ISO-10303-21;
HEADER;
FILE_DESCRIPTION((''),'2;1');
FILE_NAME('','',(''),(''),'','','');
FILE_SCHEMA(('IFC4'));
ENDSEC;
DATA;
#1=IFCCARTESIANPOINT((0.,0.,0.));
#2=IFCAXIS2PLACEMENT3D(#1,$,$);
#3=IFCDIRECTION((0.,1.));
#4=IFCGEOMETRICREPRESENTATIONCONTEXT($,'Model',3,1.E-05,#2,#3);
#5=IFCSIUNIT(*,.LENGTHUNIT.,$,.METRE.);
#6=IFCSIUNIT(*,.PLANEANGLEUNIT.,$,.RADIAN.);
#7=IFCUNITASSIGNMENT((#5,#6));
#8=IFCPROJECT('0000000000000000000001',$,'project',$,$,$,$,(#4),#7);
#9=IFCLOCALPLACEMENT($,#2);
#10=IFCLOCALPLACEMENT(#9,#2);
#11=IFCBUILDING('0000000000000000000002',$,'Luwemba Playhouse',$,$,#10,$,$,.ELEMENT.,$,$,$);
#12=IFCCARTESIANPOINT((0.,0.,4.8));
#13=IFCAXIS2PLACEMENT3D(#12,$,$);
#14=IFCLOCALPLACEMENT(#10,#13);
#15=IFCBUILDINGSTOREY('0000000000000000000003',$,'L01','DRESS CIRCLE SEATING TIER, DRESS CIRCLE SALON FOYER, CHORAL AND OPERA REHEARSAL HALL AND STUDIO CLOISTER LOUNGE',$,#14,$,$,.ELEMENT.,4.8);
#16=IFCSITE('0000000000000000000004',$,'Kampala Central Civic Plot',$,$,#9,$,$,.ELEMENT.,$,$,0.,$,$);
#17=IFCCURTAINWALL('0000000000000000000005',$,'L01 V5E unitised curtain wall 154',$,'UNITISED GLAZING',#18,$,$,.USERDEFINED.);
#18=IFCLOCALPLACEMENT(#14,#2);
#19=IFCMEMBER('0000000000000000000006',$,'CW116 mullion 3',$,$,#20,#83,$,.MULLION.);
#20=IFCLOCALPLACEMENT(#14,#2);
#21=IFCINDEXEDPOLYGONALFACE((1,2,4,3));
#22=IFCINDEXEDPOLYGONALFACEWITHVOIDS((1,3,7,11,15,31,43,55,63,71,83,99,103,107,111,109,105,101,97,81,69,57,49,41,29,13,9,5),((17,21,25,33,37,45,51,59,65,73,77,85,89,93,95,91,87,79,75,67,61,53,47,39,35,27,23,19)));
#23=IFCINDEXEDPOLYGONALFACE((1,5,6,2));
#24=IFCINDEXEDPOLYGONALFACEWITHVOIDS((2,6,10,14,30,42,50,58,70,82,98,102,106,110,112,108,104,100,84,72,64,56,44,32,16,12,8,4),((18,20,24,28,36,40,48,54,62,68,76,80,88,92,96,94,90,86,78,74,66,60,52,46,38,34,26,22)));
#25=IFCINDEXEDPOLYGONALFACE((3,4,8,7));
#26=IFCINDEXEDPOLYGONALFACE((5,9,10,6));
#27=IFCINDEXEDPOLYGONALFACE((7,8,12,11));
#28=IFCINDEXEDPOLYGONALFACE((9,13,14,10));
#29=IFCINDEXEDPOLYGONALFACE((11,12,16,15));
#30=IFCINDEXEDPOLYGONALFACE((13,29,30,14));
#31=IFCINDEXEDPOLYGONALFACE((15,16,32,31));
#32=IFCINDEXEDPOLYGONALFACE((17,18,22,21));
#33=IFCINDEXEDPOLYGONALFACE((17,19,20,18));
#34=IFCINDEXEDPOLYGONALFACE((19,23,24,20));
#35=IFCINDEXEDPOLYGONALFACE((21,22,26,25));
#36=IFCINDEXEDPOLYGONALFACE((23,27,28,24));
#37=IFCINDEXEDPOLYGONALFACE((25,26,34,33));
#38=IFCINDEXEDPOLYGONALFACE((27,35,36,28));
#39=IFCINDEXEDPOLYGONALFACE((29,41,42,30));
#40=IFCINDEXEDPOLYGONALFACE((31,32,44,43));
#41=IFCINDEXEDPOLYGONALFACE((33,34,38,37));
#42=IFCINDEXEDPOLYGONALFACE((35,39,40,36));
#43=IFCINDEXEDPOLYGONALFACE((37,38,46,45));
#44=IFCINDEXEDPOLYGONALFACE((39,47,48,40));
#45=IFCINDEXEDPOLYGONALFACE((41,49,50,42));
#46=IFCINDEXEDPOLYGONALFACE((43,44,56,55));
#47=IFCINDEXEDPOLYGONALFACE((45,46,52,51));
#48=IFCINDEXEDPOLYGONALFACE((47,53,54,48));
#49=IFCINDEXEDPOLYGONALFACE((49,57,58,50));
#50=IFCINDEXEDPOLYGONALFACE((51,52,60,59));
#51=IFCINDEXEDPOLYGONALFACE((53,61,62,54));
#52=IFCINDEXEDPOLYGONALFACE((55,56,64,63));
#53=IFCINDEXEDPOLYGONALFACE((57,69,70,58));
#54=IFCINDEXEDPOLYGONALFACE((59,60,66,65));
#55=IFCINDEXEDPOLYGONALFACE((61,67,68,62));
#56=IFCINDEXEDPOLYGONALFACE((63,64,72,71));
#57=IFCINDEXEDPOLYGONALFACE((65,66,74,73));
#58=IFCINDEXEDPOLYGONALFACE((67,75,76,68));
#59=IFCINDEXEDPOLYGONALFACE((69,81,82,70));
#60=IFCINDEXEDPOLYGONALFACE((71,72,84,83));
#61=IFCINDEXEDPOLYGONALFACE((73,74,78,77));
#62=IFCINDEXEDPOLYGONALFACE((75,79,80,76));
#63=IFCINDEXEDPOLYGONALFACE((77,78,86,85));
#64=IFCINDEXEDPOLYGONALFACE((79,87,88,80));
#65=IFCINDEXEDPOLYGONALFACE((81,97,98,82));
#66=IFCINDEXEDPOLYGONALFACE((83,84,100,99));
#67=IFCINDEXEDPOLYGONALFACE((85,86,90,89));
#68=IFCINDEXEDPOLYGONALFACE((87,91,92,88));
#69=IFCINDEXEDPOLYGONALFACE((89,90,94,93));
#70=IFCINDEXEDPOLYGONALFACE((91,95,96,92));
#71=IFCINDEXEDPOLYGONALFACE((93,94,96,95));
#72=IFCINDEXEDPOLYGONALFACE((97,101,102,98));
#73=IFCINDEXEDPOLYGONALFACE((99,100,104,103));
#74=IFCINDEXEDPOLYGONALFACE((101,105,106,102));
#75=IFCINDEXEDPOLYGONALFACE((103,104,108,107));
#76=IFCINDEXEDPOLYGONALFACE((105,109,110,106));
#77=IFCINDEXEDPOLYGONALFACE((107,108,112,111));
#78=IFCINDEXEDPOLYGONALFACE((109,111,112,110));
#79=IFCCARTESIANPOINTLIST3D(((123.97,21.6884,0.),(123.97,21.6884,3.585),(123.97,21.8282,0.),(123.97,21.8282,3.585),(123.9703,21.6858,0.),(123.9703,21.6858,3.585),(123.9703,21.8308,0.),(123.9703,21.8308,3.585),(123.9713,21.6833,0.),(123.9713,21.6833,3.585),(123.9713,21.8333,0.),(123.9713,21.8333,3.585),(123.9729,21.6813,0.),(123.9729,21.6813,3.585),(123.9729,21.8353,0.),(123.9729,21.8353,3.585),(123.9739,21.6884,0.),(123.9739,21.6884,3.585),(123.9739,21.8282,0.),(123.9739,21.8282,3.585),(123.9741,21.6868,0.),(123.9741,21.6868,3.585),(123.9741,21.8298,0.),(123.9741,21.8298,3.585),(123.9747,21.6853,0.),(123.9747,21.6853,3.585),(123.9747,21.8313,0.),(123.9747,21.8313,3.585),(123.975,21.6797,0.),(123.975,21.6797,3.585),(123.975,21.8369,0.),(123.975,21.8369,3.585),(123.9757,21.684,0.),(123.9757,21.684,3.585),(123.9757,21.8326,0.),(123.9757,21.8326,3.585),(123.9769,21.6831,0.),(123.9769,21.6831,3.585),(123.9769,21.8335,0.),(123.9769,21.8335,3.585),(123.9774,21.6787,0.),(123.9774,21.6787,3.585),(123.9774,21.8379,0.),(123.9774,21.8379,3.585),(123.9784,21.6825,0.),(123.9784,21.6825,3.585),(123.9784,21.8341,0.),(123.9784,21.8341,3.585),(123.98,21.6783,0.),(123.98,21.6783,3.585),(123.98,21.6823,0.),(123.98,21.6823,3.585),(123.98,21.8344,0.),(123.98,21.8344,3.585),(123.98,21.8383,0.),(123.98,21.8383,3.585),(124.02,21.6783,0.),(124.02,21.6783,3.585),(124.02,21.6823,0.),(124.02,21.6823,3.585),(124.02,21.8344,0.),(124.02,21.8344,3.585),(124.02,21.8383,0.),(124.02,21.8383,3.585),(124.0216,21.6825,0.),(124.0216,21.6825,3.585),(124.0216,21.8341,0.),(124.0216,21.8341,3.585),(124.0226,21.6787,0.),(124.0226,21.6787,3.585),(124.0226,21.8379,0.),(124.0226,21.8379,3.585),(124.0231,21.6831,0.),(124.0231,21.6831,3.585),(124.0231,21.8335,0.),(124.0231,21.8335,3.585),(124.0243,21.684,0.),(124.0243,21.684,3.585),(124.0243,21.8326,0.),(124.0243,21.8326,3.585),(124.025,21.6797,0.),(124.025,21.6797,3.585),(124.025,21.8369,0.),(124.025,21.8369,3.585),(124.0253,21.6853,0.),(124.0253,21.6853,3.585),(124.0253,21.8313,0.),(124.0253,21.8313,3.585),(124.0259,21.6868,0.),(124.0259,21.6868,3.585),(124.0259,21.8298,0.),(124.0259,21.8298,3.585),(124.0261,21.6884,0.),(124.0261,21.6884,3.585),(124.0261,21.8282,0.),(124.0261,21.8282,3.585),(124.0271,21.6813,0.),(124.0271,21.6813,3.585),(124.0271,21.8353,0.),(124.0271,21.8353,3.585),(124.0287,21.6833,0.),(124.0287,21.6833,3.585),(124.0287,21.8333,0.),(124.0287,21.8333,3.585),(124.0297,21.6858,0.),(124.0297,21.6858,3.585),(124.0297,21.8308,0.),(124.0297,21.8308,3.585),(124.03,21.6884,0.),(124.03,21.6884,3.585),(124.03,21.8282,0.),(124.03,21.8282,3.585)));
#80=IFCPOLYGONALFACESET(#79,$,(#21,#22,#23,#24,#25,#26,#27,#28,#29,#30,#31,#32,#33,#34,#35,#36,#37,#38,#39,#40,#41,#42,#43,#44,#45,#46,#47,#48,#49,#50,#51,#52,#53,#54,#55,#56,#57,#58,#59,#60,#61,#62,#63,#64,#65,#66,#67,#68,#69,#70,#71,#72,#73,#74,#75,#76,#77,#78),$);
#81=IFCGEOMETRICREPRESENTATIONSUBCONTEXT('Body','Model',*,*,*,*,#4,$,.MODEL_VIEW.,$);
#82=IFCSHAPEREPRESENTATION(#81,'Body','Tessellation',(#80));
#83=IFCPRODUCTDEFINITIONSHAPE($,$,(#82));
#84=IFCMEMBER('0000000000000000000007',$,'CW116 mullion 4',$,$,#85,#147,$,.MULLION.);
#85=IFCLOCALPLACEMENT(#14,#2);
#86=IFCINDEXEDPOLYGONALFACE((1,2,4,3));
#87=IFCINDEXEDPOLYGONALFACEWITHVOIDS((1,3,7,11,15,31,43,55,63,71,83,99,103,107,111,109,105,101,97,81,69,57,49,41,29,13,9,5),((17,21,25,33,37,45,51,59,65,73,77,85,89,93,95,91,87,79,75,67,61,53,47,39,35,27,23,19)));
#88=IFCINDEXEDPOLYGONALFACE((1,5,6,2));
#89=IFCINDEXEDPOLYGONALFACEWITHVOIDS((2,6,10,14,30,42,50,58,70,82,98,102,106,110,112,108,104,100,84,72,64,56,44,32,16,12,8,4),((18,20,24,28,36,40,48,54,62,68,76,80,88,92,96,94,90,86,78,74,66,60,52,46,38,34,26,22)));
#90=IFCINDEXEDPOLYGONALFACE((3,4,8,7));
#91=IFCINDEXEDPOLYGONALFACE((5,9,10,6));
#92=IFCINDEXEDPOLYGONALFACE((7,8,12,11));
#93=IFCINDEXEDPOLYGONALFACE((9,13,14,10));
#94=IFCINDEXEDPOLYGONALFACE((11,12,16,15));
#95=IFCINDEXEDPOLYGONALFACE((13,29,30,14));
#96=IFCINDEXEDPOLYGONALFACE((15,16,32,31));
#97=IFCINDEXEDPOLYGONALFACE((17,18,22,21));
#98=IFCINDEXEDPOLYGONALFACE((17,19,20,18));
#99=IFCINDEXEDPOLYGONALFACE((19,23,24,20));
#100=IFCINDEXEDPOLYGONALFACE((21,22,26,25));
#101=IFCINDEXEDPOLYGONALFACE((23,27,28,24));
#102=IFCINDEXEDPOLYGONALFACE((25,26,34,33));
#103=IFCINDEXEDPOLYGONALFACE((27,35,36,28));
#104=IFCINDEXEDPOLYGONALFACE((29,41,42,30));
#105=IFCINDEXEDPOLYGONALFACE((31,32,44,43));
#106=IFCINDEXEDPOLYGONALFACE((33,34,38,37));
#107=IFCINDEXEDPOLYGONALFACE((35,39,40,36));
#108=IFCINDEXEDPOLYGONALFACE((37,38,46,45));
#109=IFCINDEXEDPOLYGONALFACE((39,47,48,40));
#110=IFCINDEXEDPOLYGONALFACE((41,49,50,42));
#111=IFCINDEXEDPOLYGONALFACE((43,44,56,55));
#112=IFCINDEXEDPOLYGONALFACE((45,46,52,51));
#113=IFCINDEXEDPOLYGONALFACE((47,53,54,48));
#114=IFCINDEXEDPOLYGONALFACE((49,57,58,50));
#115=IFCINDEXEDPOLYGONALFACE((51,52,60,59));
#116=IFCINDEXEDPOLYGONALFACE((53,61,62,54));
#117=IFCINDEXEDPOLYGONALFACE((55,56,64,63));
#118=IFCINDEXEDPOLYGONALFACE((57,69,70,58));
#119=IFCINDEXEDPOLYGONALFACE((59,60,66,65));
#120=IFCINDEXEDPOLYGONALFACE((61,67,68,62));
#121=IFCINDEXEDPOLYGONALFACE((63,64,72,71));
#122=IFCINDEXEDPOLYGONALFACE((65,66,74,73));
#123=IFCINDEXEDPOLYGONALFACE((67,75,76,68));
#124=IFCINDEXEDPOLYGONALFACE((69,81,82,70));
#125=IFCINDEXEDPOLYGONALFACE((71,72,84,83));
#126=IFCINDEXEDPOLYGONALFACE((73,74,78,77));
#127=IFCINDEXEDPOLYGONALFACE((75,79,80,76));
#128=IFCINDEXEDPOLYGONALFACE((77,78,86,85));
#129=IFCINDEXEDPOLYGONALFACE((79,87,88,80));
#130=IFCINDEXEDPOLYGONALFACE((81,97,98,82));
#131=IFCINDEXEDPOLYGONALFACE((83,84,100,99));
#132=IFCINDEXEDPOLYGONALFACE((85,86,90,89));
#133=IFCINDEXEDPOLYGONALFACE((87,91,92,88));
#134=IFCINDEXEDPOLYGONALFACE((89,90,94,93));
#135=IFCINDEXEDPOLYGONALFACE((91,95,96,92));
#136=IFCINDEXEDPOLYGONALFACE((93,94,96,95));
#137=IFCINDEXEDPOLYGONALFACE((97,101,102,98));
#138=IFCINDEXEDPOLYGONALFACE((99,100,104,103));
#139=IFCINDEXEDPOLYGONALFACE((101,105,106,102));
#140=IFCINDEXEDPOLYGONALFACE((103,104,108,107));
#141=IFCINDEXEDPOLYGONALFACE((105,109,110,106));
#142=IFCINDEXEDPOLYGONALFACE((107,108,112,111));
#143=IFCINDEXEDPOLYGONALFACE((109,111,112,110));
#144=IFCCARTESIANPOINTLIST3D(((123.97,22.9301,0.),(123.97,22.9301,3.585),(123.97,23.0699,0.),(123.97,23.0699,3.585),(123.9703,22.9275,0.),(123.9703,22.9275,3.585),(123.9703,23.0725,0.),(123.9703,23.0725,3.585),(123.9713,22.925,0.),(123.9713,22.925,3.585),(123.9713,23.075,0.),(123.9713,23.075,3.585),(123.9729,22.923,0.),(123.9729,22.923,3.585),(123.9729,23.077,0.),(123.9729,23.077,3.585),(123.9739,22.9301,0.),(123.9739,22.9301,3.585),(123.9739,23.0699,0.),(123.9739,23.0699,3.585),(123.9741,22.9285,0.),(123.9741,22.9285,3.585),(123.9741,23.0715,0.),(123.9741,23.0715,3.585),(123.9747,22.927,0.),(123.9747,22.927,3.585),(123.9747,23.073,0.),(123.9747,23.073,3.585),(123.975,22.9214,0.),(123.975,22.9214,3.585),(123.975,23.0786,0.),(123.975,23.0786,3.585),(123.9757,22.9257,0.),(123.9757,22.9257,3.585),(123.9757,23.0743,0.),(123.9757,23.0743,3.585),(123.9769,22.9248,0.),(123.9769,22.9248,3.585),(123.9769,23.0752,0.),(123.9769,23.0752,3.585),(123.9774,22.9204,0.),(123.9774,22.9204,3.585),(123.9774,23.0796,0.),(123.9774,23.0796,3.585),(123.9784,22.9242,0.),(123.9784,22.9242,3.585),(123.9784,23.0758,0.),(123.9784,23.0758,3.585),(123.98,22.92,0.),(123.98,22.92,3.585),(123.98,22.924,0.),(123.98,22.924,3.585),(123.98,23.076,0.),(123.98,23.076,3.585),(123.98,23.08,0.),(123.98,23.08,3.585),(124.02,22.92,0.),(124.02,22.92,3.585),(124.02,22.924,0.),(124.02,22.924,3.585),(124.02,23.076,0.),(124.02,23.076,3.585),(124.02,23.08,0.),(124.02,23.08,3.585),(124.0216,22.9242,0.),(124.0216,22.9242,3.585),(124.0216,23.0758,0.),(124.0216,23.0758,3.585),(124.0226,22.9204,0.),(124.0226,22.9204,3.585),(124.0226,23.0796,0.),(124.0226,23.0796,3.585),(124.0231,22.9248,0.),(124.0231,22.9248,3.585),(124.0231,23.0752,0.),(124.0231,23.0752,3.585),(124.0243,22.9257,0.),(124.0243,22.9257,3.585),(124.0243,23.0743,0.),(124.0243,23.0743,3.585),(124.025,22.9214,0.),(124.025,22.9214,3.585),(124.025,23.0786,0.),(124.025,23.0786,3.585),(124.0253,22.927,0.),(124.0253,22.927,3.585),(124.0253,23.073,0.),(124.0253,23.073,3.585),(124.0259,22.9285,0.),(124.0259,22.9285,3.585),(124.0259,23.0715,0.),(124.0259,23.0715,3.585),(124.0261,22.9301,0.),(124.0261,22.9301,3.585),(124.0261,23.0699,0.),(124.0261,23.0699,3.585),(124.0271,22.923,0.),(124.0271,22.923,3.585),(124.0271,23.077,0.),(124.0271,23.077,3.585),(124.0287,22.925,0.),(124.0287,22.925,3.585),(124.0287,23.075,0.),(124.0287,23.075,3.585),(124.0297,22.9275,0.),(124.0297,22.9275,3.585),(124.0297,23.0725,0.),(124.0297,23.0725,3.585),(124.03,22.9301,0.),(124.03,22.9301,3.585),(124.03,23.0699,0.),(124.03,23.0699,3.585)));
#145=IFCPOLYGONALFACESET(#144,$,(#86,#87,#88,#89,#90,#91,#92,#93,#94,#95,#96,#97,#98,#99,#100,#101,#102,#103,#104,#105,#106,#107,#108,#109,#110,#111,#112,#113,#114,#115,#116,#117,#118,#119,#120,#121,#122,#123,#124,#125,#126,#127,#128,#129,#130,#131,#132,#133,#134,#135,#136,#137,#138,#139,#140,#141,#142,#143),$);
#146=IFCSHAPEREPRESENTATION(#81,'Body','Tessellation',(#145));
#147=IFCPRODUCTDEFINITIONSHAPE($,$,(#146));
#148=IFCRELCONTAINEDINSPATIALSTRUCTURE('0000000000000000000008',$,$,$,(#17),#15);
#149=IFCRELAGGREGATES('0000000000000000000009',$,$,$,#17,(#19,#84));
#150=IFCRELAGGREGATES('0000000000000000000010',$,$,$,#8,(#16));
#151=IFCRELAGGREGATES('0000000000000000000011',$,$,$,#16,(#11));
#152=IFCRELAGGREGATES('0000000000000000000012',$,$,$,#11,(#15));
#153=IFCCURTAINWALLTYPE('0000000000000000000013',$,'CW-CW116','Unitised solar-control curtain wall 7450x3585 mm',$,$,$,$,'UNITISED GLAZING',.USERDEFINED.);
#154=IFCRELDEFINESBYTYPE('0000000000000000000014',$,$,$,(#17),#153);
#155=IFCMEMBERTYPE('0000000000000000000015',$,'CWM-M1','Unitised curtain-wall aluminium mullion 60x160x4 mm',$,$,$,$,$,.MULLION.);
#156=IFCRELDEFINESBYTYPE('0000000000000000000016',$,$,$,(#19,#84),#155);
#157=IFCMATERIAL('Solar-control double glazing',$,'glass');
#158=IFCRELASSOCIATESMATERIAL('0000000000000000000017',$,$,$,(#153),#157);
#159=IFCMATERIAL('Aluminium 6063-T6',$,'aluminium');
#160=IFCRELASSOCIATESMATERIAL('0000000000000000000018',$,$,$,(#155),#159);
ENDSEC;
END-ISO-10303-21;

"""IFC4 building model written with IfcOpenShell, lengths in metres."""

from ifc_helpers import new_model, si_unit, direction, frame, origin, origin_2d, place, context, subcontext, project, spatial, hollow_rectangle, extrude, material, material_profile, profile_set, type_object, element, aggregate, save


model = new_model("IFC4")

# Units and contexts
model_context = context("Model", 3, precision=1e-05, world=origin(), true_north=direction((0.0, 1.0)))
body_context = subcontext(model_context, "Body", "Model", "MODEL_VIEW")
ifc_project = project(units=[si_unit("LENGTHUNIT", "METRE"), si_unit("PLANEANGLEUNIT", "RADIAN")], contexts=[model_context])

# Site, building, storey
site_placement = place(None, origin())
site = spatial("IfcSite", under=ifc_project, at=site_placement, Name="Kampala Central Civic Plot", CompositionType="ELEMENT", RefElevation=0.0)
building_placement = place(site_placement, origin())
building = spatial("IfcBuilding", under=site, at=building_placement, Name="Luwemba Playhouse", CompositionType="ELEMENT")
storey_placement = place(building_placement, frame((0.0, 0.0, 4.8)))
storey = spatial("IfcBuildingStorey", under=building, at=storey_placement, Name="L01", Description="DRESS CIRCLE SEATING TIER, DRESS CIRCLE SALON FOYER, CHORAL AND OPERA REHEARSAL HALL AND STUDIO CLOISTER LOUNGE", CompositionType="ELEMENT", Elevation=4.8)

# Curtain wall, members
ifc_material_1 = material(Name="Solar-control double glazing", Category="glass")
curtain_wall_type = type_object("IfcCurtainWallType", Name="CW-CW116", Description="Unitised solar-control curtain wall 7450x3585 mm", ElementType="UNITISED GLAZING", PredefinedType="USERDEFINED", material=ifc_material_1)
curtain_wall_placement = place(storey_placement, origin())
curtain_wall = element("IfcCurtainWall", 1, at=curtain_wall_placement, inside=storey, type_object=curtain_wall_type, Name="L01 V5E unitised curtain wall 154", ObjectType="UNITISED GLAZING", PredefinedType="USERDEFINED")
ifc_material_2 = material(Name="Aluminium 6063-T6", Category="aluminium")
ifc_material_profile_1 = material_profile(ifc_material_2, hollow_rectangle(XDim=0.0601, YDim=0.1599, WallThickness=0.0039, InnerFilletRadius=0.0061, OuterFilletRadius=0.01, at=origin_2d()))
ifc_profile_set_1 = profile_set([ifc_material_profile_1], Name="Aluminium 6063-T6")
member_type_1 = type_object("IfcMemberType", Name="CWM-M1", Description="Unitised curtain-wall aluminium mullion 60x160x4 mm", PredefinedType="MULLION", material=ifc_profile_set_1)
member_1_placement = place(storey_placement, frame((124.0, 21.7583, 0.0), z_axis=(0.0, 0.0, 1.0), x_axis=(-1.0, 0.0, 0.0)))
member_1 = element("IfcMember", 2, at=member_1_placement, type_object=member_type_1, Name="CW116 mullion 3", PredefinedType="MULLION", context=body_context, shape_type="SweptSolid", body=[
    extrude(hollow_rectangle(XDim=0.0601, YDim=0.1599, WallThickness=0.0039, InnerFilletRadius=0.0061, OuterFilletRadius=0.01, at=origin_2d()), origin(), (0.0, 0.0, 1.0), 3.585),
])
member_2_placement = place(storey_placement, frame((124.0, 23.0, 0.0), z_axis=(0.0, 0.0, 1.0), x_axis=(-1.0, 0.0, 0.0)))
member_2 = element("IfcMember", 3, at=member_2_placement, type_object=member_type_1, Name="CW116 mullion 4", PredefinedType="MULLION", context=body_context, shape_type="SweptSolid", body=[
    extrude(hollow_rectangle(XDim=0.0601, YDim=0.1599, WallThickness=0.0039, InnerFilletRadius=0.0061, OuterFilletRadius=0.01, at=origin_2d()), origin(), (0.0, 0.0, 1.0), 3.585),
])
aggregate(curtain_wall, [member_1, member_2])

save(model, "model.ifc")
